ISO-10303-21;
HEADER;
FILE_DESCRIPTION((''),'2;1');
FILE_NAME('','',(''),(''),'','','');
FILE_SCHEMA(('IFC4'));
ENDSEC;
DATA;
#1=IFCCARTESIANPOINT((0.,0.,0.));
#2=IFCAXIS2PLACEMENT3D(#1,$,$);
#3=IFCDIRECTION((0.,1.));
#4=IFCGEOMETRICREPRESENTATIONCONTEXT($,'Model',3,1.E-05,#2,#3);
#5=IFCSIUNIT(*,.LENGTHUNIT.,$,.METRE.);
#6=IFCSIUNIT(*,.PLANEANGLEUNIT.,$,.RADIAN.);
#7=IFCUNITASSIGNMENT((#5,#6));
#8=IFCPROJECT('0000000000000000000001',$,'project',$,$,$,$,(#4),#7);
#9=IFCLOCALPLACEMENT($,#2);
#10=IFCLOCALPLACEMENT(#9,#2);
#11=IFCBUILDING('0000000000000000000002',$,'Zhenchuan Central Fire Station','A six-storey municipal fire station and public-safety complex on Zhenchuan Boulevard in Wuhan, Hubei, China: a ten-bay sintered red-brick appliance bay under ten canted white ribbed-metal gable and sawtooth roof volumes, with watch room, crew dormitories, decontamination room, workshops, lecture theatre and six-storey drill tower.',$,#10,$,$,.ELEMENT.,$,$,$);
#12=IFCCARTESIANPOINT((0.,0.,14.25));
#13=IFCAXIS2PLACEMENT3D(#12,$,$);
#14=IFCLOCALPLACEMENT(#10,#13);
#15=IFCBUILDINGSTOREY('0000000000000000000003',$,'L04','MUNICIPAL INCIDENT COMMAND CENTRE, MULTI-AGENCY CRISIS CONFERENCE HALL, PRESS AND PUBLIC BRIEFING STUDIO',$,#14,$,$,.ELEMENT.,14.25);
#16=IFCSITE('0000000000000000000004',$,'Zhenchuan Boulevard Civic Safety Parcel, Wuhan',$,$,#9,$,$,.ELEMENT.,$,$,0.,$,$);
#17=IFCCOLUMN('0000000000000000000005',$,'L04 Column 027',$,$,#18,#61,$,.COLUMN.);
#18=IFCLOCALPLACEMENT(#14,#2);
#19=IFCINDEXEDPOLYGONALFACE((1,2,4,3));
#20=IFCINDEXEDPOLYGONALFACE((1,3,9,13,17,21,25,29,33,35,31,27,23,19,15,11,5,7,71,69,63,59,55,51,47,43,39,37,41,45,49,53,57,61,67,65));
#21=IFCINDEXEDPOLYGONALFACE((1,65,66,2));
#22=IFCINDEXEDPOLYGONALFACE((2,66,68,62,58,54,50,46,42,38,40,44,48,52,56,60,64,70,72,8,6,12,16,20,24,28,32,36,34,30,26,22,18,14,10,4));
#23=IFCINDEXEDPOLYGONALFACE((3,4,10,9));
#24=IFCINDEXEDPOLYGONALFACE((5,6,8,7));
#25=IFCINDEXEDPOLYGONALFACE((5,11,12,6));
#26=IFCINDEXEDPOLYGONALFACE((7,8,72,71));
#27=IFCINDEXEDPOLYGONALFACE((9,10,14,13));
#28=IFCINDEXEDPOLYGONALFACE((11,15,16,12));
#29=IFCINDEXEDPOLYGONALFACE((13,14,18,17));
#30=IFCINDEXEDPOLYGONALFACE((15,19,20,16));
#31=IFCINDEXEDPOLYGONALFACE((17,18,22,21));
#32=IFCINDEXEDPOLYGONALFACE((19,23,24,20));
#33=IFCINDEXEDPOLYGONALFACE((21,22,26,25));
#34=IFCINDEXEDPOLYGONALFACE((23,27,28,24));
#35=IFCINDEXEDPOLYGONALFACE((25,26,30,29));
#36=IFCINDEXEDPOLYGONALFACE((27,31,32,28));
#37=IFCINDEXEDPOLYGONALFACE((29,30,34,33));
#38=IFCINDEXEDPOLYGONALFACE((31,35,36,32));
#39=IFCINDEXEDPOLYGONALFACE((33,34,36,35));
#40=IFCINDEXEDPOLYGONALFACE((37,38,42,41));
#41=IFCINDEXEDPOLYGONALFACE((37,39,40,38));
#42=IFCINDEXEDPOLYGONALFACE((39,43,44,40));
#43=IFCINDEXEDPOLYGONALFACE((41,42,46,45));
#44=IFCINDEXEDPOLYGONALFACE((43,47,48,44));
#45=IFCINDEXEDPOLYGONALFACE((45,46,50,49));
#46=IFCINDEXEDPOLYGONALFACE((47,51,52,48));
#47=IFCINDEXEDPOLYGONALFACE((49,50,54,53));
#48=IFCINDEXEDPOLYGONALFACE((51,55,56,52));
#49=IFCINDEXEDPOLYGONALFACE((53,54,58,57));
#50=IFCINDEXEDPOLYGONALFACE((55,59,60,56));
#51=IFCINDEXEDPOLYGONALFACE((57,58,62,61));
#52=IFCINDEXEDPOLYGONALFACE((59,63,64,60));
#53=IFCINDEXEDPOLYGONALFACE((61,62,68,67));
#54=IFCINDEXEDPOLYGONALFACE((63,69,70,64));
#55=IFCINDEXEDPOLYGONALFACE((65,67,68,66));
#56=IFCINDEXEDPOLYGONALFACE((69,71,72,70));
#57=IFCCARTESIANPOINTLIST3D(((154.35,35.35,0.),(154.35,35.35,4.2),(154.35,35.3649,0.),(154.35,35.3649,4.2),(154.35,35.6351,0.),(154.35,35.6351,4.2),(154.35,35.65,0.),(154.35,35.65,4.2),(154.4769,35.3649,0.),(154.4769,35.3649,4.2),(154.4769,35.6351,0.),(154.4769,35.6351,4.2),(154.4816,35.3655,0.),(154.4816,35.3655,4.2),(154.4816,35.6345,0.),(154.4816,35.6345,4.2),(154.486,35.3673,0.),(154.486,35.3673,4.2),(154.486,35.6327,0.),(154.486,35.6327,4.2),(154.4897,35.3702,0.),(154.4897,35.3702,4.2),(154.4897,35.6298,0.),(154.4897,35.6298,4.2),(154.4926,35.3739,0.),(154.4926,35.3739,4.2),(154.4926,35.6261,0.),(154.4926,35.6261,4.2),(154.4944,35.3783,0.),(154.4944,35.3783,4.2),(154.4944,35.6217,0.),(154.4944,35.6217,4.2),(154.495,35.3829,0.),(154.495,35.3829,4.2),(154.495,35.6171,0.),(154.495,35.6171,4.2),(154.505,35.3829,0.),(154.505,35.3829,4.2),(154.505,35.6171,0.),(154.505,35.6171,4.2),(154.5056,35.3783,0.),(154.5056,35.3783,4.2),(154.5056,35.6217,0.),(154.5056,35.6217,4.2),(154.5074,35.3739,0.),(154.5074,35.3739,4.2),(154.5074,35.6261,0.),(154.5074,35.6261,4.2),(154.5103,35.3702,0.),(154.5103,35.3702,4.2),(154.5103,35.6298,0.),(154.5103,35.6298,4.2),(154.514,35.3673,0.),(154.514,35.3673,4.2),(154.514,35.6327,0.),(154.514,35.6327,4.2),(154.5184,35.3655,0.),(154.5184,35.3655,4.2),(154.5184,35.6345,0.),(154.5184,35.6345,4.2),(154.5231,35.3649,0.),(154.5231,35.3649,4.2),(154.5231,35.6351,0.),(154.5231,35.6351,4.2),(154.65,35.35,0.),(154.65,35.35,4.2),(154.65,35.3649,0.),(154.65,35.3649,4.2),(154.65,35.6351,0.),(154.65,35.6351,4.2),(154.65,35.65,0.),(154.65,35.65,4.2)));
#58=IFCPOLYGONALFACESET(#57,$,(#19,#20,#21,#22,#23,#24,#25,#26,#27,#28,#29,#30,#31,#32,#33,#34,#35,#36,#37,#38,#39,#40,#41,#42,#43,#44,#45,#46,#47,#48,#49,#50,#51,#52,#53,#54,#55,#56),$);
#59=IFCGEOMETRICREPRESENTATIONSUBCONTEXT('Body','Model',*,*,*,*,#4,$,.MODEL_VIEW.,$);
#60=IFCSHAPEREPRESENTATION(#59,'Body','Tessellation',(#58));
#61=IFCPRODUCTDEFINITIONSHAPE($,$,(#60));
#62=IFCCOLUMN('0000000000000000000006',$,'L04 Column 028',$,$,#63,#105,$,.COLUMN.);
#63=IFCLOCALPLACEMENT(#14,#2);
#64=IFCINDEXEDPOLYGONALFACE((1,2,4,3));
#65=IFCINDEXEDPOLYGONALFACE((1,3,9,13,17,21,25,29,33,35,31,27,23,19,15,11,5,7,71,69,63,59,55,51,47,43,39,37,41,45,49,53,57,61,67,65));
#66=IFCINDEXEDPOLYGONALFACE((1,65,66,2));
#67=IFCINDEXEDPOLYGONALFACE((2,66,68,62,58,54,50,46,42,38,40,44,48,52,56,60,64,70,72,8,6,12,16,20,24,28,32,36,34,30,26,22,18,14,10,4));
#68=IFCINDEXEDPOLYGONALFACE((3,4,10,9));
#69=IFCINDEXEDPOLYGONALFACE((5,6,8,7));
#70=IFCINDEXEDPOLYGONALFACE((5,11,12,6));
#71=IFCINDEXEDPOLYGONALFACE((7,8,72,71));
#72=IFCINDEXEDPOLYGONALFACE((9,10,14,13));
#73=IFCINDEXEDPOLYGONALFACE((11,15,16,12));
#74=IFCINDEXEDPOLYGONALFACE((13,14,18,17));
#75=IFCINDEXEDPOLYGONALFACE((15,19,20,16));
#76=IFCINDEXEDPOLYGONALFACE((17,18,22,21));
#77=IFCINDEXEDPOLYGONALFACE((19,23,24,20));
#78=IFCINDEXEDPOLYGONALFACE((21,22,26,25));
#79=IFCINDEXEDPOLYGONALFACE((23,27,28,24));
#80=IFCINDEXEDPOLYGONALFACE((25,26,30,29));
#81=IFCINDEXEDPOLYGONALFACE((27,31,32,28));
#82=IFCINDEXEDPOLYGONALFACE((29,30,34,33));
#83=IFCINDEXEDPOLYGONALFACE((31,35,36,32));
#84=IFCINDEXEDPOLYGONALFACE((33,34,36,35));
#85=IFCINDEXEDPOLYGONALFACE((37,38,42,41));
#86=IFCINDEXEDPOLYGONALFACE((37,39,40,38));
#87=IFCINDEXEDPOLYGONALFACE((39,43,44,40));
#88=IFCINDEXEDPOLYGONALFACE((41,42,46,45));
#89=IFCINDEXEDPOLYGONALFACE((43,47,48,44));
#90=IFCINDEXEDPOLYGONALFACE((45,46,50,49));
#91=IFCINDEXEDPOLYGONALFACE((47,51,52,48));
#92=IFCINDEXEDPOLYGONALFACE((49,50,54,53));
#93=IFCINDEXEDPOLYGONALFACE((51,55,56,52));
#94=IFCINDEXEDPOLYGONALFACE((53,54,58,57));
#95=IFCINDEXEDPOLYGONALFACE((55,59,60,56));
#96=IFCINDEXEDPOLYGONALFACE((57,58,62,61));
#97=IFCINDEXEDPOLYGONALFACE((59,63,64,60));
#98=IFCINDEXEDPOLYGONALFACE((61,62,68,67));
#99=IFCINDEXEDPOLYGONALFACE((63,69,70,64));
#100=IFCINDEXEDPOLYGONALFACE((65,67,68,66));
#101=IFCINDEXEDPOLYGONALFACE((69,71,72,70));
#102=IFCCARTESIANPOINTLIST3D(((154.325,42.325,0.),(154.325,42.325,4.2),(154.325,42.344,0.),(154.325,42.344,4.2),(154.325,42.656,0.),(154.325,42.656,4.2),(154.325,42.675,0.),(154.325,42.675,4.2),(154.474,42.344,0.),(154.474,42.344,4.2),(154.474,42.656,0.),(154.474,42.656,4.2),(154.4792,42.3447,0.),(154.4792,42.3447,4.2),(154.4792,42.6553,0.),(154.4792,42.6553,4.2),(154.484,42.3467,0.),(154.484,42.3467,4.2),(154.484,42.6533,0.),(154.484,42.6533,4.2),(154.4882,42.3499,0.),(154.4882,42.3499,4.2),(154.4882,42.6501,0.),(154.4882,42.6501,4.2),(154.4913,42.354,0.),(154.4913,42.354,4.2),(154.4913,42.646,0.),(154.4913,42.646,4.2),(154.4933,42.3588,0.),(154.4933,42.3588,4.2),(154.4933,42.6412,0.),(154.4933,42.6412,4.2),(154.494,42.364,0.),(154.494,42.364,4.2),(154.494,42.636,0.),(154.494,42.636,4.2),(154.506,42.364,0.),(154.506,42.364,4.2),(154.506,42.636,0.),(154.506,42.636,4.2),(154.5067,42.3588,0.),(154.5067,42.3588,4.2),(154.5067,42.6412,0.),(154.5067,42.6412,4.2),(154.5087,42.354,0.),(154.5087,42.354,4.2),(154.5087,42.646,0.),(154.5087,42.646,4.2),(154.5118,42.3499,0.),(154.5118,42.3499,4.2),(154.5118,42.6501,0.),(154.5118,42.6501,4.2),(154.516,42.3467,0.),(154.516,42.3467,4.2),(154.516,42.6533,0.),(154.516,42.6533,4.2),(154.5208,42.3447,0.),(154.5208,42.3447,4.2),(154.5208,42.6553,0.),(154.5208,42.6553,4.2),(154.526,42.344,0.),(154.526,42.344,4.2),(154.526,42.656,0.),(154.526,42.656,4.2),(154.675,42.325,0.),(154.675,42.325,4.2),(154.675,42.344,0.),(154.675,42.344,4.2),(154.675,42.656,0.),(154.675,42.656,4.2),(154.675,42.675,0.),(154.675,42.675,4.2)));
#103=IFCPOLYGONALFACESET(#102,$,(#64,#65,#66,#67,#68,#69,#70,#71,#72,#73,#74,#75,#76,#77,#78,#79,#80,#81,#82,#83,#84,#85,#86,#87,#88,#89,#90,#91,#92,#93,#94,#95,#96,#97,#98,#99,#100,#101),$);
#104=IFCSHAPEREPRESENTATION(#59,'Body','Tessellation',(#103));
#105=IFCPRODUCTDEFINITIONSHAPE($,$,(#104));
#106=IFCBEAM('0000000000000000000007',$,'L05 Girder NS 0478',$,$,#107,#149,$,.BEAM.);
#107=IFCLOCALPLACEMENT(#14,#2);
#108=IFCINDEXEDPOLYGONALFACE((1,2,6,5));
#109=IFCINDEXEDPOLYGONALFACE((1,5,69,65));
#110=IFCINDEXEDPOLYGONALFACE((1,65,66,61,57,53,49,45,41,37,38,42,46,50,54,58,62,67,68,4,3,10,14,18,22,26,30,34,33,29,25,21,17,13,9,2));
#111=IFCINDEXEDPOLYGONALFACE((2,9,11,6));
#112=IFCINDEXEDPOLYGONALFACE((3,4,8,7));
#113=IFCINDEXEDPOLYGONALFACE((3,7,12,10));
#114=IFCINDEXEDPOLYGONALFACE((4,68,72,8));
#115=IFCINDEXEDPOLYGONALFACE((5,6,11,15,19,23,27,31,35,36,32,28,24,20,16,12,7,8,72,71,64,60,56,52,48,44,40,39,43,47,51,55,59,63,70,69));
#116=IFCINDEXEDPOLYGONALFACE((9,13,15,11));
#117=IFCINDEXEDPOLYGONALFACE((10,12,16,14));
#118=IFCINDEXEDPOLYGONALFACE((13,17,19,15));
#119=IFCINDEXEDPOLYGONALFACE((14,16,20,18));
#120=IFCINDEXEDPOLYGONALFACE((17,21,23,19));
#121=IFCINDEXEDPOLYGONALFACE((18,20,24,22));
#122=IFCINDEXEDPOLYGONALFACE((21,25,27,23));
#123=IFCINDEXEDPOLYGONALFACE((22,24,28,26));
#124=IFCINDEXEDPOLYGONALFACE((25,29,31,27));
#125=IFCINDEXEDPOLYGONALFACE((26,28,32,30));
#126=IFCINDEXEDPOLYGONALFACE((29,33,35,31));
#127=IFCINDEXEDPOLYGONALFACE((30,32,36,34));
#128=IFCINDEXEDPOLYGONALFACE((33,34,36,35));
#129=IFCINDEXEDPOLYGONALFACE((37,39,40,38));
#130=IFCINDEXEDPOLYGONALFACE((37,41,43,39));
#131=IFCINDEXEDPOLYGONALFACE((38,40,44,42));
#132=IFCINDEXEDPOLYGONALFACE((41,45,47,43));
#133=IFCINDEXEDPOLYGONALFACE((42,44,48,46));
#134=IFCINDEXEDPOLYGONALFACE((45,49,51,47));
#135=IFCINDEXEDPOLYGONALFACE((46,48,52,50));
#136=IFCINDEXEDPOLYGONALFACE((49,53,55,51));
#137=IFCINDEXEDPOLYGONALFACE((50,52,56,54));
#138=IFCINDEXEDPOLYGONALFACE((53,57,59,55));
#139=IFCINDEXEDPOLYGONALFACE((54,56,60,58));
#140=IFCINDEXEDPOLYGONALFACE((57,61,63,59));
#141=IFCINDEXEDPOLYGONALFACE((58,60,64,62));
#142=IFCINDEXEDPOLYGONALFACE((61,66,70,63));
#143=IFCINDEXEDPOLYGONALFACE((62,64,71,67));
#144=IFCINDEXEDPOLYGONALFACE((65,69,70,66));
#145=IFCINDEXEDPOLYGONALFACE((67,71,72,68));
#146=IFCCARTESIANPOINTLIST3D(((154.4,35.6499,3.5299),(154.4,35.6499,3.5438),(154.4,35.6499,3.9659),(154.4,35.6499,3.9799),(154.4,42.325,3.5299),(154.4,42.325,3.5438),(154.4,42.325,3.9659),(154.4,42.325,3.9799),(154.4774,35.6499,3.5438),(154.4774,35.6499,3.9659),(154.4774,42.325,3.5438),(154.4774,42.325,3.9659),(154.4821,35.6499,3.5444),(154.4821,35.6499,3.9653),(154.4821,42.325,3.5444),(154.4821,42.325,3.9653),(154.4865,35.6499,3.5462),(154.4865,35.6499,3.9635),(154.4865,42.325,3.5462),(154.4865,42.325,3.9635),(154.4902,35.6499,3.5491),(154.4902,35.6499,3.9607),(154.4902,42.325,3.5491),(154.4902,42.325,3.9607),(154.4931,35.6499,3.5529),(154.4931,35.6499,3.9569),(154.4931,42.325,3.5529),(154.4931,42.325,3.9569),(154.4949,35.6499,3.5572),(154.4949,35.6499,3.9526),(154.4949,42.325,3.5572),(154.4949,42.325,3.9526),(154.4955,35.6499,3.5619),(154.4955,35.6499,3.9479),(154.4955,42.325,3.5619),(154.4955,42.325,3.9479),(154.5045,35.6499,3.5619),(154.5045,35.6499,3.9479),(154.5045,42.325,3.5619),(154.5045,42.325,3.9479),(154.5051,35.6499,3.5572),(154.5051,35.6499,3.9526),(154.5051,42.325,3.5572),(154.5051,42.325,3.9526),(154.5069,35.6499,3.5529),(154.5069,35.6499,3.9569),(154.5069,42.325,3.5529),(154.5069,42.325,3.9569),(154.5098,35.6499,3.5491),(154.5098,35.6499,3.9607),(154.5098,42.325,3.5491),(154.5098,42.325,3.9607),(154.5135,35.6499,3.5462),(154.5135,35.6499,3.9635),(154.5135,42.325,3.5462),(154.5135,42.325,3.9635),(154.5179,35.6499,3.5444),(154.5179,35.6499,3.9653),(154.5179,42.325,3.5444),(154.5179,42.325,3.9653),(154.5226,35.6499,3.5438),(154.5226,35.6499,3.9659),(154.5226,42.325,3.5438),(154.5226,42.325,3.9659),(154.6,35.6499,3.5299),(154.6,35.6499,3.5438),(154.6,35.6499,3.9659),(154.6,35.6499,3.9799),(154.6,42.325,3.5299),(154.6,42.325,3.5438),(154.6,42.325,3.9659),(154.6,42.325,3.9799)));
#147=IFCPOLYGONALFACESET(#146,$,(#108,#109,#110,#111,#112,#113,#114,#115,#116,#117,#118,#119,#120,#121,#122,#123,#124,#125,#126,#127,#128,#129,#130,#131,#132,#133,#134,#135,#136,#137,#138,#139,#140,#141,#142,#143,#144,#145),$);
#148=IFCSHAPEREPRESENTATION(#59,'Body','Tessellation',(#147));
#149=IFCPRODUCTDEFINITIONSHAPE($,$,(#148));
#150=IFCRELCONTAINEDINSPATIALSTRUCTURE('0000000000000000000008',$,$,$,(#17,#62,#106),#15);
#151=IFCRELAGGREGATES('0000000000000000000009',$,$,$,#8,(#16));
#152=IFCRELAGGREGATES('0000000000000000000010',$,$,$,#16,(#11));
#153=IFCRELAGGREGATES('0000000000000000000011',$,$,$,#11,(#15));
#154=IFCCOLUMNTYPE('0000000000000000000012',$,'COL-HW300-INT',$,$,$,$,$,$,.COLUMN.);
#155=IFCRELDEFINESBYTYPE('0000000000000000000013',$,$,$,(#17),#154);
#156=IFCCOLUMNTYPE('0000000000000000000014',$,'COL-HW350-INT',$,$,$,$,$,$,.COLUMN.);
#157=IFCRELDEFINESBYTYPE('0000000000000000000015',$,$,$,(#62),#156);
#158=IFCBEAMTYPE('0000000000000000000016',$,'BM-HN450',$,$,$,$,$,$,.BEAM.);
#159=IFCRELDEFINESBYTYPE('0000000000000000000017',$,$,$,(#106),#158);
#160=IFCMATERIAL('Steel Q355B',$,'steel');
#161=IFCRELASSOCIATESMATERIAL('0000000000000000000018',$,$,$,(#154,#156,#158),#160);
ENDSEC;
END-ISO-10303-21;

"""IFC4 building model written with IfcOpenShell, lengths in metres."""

from ifc_helpers import new_model, si_unit, direction, frame, origin, origin_2d, place, context, subcontext, project, spatial, i_section, extrude, material, material_profile, profile_set, type_object, element, save


model = new_model("IFC4")

# Units and contexts
model_context = context("Model", 3, precision=1e-05, world=origin(), true_north=direction((0.0, 1.0)))
body_context = subcontext(model_context, "Body", "Model", "MODEL_VIEW")
ifc_project = project(units=[si_unit("LENGTHUNIT", "METRE"), si_unit("PLANEANGLEUNIT", "RADIAN")], contexts=[model_context])

# Site, building, storey
site_placement = place(None, origin())
site = spatial("IfcSite", under=ifc_project, at=site_placement, Name="Zhenchuan Boulevard Civic Safety Parcel, Wuhan", CompositionType="ELEMENT", RefElevation=0.0)
building_placement = place(site_placement, origin())
building = spatial("IfcBuilding", under=site, at=building_placement, Name="Zhenchuan Central Fire Station", Description="A six-storey municipal fire station and public-safety complex on Zhenchuan Boulevard in Wuhan, Hubei, China: a ten-bay sintered red-brick appliance bay under ten canted white ribbed-metal gable and sawtooth roof volumes, with watch room, crew dormitories, decontamination room, workshops, lecture theatre and six-storey drill tower.", CompositionType="ELEMENT")
storey_placement = place(building_placement, frame((0.0, 0.0, 14.25)))
storey = spatial("IfcBuildingStorey", under=building, at=storey_placement, Name="L04", Description="MUNICIPAL INCIDENT COMMAND CENTRE, MULTI-AGENCY CRISIS CONFERENCE HALL, PRESS AND PUBLIC BRIEFING STUDIO", CompositionType="ELEMENT", Elevation=14.25)

# Columns
ifc_material_1 = material(Name="Steel Q355B", Category="steel")
ifc_material_profile_1 = material_profile(ifc_material_1, i_section(OverallWidth=0.3, OverallDepth=0.3, WebThickness=0.01, FlangeThickness=0.0149, FilletRadius=0.0181, at=origin_2d()), Name="HW 300x300")
ifc_profile_set_1 = profile_set([ifc_material_profile_1], Name="Steel Q355B")
column_type_1 = type_object("IfcColumnType", Name="COL-HW300-INT", PredefinedType="COLUMN", material=ifc_profile_set_1)
column_1_placement = place(storey_placement, frame((154.5, 35.5, 0.0), z_axis=(0.0, 0.0, 1.0), x_axis=(1.0, 0.0, 0.0)))
element("IfcColumn", 1, at=column_1_placement, inside=storey, type_object=column_type_1, Name="L04 Column 027", PredefinedType="COLUMN", context=body_context, shape_type="SweptSolid", body=[
    extrude(i_section(OverallWidth=0.3, OverallDepth=0.3, WebThickness=0.01, FlangeThickness=0.0149, FilletRadius=0.0181, at=origin_2d()), origin(), (0.0, 0.0, 1.0), 4.2),
])
ifc_material_profile_2 = material_profile(ifc_material_1, i_section(OverallWidth=0.3501, OverallDepth=0.3501, WebThickness=0.012, FlangeThickness=0.019, FilletRadius=0.02, at=origin_2d()), Name="HW 350x350")
ifc_profile_set_2 = profile_set([ifc_material_profile_2], Name="Steel Q355B")
column_type_2 = type_object("IfcColumnType", Name="COL-HW350-INT", PredefinedType="COLUMN", material=ifc_profile_set_2)
column_2_placement = place(storey_placement, frame((154.5, 42.5, 0.0), z_axis=(0.0, 0.0, 1.0), x_axis=(1.0, 0.0, 0.0)))
element("IfcColumn", 2, at=column_2_placement, inside=storey, type_object=column_type_2, Name="L04 Column 028", PredefinedType="COLUMN", context=body_context, shape_type="SweptSolid", body=[
    extrude(i_section(OverallWidth=0.3501, OverallDepth=0.3501, WebThickness=0.012, FlangeThickness=0.019, FilletRadius=0.02, at=origin_2d()), origin(), (0.0, 0.0, 1.0), 4.2),
])

# Beam
ifc_material_profile_3 = material_profile(ifc_material_1, i_section(OverallWidth=0.2, OverallDepth=0.45, WebThickness=0.009, FlangeThickness=0.0139, FilletRadius=0.0181, at=origin_2d()), Name="HN 450x200")
ifc_profile_set_3 = profile_set([ifc_material_profile_3], Name="Steel Q355B")
beam_type_1 = type_object("IfcBeamType", Name="BM-HN450", PredefinedType="BEAM", material=ifc_profile_set_3)
beam_1_placement = place(storey_placement, frame((154.5, 35.6499, 3.7549), z_axis=(0.0, 1.0, 0.0), x_axis=(-1.0, 0.0, 0.0)))
element("IfcBeam", 3, at=beam_1_placement, inside=storey, type_object=beam_type_1, Name="L05 Girder NS 0478", PredefinedType="BEAM", context=body_context, shape_type="SweptSolid", body=[
    extrude(i_section(OverallWidth=0.2, OverallDepth=0.45, WebThickness=0.009, FlangeThickness=0.0139, FilletRadius=0.0181, at=origin_2d()), origin(), (0.0, 0.0, 1.0), 6.675),
])

save(model, "model.ifc")
